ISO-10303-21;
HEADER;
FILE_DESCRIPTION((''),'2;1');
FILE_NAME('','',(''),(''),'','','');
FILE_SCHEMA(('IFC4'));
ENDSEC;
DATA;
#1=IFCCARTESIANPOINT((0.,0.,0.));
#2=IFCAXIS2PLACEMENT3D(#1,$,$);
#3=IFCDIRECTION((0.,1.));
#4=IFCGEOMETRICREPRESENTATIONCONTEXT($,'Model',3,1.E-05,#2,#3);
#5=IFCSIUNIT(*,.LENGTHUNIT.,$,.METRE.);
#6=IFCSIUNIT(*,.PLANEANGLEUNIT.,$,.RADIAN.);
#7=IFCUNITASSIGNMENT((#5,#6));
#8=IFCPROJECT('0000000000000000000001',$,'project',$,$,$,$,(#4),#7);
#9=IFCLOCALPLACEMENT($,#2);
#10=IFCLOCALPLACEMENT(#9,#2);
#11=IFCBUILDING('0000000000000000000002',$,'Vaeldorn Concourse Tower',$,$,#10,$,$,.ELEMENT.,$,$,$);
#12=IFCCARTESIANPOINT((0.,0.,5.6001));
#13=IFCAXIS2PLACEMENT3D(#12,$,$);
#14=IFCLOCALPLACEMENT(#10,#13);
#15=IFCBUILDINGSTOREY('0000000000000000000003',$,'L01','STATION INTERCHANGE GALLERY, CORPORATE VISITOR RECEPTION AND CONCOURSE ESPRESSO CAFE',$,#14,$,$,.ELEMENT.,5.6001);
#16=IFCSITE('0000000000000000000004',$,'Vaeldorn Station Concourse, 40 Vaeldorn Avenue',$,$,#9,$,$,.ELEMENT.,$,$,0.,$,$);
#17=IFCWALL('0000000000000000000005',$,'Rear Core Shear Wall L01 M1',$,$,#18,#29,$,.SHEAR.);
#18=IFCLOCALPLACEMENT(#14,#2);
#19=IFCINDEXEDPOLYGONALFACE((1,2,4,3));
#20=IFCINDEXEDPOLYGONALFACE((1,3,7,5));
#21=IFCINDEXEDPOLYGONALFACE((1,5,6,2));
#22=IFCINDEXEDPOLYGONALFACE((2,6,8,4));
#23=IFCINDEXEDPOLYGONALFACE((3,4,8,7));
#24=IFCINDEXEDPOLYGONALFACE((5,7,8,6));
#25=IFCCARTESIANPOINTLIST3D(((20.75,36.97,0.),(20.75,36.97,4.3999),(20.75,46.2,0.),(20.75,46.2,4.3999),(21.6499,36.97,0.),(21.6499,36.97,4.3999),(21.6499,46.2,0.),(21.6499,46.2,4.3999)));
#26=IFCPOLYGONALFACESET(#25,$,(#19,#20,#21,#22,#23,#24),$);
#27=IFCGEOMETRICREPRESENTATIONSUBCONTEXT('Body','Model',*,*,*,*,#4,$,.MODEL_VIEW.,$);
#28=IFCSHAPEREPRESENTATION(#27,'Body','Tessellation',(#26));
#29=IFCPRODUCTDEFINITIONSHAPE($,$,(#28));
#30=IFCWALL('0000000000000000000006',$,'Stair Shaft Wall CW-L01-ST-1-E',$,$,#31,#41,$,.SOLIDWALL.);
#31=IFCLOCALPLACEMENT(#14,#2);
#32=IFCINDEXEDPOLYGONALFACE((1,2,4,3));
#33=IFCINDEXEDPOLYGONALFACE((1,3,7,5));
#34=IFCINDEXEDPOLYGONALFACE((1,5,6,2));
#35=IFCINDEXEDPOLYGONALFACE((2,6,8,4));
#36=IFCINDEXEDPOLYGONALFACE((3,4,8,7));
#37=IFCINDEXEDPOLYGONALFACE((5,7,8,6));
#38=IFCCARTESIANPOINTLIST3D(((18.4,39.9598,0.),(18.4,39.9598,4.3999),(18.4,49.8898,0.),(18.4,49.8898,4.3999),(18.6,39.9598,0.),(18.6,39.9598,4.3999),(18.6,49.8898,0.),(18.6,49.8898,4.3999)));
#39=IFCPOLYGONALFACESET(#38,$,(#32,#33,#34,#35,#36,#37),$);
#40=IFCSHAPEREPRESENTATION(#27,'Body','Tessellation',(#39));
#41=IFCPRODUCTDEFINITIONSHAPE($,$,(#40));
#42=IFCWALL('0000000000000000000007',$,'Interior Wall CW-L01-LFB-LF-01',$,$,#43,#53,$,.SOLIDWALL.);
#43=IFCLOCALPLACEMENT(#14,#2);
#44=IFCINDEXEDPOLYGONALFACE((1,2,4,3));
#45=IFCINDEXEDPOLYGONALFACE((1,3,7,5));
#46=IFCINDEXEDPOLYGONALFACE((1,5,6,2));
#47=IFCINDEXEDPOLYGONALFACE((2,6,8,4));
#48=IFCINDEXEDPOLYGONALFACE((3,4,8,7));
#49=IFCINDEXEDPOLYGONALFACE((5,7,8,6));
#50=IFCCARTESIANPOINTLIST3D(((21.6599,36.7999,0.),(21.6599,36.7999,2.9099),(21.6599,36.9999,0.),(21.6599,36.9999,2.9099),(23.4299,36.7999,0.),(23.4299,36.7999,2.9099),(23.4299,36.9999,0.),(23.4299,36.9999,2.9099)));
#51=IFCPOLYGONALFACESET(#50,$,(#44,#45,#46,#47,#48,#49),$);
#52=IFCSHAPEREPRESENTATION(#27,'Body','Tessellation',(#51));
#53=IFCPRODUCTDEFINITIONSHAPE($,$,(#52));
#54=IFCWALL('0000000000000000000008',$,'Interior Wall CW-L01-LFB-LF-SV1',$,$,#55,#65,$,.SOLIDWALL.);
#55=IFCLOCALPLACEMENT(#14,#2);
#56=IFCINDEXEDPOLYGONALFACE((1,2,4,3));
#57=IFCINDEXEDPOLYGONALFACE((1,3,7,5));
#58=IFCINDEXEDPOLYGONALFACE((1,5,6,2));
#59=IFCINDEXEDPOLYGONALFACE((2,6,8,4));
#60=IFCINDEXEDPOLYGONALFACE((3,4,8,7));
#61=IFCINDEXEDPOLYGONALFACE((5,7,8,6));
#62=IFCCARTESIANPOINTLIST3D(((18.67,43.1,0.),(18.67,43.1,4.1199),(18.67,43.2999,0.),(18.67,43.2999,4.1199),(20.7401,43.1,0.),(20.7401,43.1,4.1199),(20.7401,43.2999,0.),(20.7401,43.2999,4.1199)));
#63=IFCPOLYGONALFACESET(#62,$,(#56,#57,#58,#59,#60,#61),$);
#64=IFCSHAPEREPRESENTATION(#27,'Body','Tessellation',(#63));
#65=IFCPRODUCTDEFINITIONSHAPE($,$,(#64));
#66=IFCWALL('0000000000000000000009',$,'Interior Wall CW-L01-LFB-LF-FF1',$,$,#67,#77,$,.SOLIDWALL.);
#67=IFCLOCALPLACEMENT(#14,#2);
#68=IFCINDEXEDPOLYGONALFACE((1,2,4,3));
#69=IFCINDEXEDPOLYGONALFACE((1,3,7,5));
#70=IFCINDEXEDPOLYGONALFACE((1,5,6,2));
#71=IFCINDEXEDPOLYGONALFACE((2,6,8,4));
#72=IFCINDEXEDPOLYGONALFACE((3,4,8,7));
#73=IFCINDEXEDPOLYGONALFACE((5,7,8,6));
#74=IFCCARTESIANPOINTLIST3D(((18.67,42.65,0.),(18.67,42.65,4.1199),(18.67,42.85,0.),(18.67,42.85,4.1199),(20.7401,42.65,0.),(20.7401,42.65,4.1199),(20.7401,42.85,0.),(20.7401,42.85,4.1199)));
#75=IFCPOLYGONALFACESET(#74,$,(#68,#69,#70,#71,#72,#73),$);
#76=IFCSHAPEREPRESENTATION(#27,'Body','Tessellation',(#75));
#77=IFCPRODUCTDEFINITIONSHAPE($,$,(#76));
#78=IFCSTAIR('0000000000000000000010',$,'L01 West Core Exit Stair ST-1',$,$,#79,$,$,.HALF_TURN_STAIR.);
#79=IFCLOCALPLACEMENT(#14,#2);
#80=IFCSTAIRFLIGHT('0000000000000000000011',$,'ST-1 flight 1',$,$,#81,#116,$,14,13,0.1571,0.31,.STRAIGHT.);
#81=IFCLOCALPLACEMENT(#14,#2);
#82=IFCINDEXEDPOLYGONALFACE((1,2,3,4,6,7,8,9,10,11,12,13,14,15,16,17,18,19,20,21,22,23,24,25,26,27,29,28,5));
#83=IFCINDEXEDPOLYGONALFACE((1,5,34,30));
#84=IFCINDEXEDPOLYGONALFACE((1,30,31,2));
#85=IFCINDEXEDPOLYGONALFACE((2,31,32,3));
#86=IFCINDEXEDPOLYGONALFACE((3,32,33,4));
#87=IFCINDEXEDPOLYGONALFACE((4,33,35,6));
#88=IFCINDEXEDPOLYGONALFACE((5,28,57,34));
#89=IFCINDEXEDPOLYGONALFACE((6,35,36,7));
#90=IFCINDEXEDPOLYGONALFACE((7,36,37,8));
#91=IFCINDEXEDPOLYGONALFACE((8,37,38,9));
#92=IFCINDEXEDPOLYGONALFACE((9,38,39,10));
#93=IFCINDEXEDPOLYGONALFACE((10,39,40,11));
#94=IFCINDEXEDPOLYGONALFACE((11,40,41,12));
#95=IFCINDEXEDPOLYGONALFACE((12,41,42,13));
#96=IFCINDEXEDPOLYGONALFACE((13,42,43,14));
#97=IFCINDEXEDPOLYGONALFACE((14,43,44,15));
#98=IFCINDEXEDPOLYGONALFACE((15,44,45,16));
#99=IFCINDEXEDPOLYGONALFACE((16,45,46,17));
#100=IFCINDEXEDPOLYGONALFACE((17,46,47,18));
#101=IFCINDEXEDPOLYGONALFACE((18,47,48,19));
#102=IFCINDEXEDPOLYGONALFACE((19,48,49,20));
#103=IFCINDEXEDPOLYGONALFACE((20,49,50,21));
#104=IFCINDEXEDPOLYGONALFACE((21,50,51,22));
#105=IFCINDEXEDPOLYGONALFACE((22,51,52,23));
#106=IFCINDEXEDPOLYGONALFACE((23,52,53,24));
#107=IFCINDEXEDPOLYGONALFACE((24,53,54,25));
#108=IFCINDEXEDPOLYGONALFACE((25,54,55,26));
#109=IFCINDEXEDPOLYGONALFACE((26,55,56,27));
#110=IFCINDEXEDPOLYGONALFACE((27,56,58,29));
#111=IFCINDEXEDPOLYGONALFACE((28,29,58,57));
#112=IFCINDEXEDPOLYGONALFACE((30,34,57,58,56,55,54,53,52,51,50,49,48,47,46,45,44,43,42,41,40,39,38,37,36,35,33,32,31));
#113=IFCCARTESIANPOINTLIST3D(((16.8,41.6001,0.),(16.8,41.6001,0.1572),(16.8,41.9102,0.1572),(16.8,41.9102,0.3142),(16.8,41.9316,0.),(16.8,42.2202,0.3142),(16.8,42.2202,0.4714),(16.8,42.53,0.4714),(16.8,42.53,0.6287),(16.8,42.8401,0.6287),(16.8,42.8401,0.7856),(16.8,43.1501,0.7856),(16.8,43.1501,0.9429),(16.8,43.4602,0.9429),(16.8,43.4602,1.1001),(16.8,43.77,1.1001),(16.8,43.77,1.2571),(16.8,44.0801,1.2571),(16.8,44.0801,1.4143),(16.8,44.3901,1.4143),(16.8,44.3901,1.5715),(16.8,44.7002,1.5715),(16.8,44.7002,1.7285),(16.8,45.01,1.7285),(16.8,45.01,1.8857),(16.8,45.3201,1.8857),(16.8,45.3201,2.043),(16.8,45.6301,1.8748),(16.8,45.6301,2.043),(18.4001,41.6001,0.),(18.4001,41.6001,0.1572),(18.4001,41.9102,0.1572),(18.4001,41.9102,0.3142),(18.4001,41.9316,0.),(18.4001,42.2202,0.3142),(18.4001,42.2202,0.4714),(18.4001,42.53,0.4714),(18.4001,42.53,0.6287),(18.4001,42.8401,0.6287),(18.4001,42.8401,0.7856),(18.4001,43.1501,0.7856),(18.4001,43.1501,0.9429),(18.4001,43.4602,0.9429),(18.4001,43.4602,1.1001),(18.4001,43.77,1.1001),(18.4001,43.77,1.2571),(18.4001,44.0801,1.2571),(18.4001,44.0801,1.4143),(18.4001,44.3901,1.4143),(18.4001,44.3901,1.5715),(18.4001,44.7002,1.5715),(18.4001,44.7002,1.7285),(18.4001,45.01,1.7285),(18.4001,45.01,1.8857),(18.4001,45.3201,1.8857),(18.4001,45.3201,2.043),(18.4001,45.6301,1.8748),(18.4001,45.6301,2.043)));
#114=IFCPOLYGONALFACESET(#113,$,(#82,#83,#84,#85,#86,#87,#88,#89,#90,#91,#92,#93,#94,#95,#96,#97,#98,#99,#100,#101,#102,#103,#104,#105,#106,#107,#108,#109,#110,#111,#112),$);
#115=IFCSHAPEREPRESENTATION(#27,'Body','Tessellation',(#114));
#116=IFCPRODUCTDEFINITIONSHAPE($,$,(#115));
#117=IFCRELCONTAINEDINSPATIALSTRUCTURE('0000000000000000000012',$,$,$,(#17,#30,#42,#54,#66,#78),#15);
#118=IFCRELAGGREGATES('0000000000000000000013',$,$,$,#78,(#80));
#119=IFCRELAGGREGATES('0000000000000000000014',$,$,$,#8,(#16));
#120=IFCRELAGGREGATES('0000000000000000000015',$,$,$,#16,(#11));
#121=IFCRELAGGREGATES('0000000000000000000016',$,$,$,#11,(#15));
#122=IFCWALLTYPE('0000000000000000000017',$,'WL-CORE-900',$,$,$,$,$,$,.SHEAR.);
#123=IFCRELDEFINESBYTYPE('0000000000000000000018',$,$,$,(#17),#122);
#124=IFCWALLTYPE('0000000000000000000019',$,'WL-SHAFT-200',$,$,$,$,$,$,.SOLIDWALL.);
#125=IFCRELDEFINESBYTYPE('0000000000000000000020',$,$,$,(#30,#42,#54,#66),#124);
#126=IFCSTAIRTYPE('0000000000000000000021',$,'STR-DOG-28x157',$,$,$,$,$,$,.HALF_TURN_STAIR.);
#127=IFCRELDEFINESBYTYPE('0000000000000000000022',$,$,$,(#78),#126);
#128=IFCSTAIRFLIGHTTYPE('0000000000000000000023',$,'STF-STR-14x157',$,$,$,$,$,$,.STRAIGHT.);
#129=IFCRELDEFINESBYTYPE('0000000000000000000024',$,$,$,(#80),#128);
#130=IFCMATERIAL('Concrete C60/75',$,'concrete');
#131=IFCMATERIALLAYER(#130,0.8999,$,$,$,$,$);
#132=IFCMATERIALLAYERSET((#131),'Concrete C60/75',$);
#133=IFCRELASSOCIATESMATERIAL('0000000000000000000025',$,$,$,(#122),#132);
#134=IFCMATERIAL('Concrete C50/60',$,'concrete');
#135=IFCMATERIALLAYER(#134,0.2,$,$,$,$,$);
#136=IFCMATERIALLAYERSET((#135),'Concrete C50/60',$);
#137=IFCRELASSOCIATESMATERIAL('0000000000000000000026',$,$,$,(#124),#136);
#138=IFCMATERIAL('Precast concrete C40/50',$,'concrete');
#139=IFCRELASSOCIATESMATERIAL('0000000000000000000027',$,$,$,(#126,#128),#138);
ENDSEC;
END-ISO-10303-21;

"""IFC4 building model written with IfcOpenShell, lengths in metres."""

from ifc_helpers import new_model, si_unit, direction, frame, frame_2d, origin, place, context, subcontext, project, spatial, polyline, rectangle, outline, extrude, material, layer, layer_set, type_object, element, aggregate, save


model = new_model("IFC4")

# Units and contexts
model_context = context("Model", 3, precision=1e-05, world=origin(), true_north=direction((0.0, 1.0)))
body_context = subcontext(model_context, "Body", "Model", "MODEL_VIEW")
ifc_project = project(units=[si_unit("LENGTHUNIT", "METRE"), si_unit("PLANEANGLEUNIT", "RADIAN")], contexts=[model_context])

# Site, building, storey
site_placement = place(None, origin())
site = spatial("IfcSite", under=ifc_project, at=site_placement, Name="Vaeldorn Station Concourse, 40 Vaeldorn Avenue", CompositionType="ELEMENT", RefElevation=0.0)
building_placement = place(site_placement, origin())
building = spatial("IfcBuilding", under=site, at=building_placement, Name="Vaeldorn Concourse Tower", CompositionType="ELEMENT")
storey_placement = place(building_placement, frame((0.0, 0.0, 5.6001)))
storey = spatial("IfcBuildingStorey", under=building, at=storey_placement, Name="L01", Description="STATION INTERCHANGE GALLERY, CORPORATE VISITOR RECEPTION AND CONCOURSE ESPRESSO CAFE", CompositionType="ELEMENT", Elevation=5.6001)

# Walls
ifc_material_1 = material(Name="Concrete C60/75", Category="concrete")
ifc_layer_1 = layer(ifc_material_1, 0.8999)
ifc_layer_set_1 = layer_set([ifc_layer_1], Name="Concrete C60/75")
wall_type_1 = type_object("IfcWallType", Name="WL-CORE-900", PredefinedType="SHEAR", material=ifc_layer_set_1)
wall_1_placement = place(storey_placement, frame((21.2, 36.97, 0.0), z_axis=(0.0, 0.0, 1.0), x_axis=(0.0, 1.0, 0.0)))
element("IfcWall", 1, at=wall_1_placement, inside=storey, type_object=wall_type_1, Name="Rear Core Shear Wall L01 M1", PredefinedType="SHEAR", context=body_context, shape_type="SweptSolid", body=[
    extrude(rectangle(XDim=9.23, YDim=0.8999, at=frame_2d((4.615, 0.0))), origin(), (0.0, 0.0, 1.0), 4.3999),
])
ifc_material_2 = material(Name="Concrete C50/60", Category="concrete")
ifc_layer_2 = layer(ifc_material_2, 0.2)
ifc_layer_set_2 = layer_set([ifc_layer_2], Name="Concrete C50/60")
wall_type_2 = type_object("IfcWallType", Name="WL-SHAFT-200", PredefinedType="SOLIDWALL", material=ifc_layer_set_2)
wall_2_placement = place(storey_placement, frame((18.5, 39.96, 0.0), z_axis=(0.0, 0.0, 1.0), x_axis=(0.0, 1.0, 0.0)))
element("IfcWall", 2, at=wall_2_placement, inside=storey, type_object=wall_type_2, Name="Stair Shaft Wall CW-L01-ST-1-E", PredefinedType="SOLIDWALL", context=body_context, shape_type="SweptSolid", body=[
    extrude(rectangle(XDim=9.9299, YDim=0.2, at=frame_2d((4.9648, 0.0))), origin(), (0.0, 0.0, 1.0), 4.3999),
])

# Wall
wall_3_placement = place(storey_placement, frame((21.6599, 36.8999, 0.0), z_axis=(0.0, 0.0, 1.0), x_axis=(1.0, 0.0, 0.0)))
element("IfcWall", 3, at=wall_3_placement, inside=storey, type_object=wall_type_2, Name="Interior Wall CW-L01-LFB-LF-01", PredefinedType="SOLIDWALL", context=body_context, shape_type="SweptSolid", body=[
    extrude(rectangle(XDim=1.77, YDim=0.2, at=frame_2d((0.885, 0.0))), origin(), (0.0, 0.0, 1.0), 2.9099),
])

# Wall
wall_4_placement = place(storey_placement, frame((18.6699, 43.2, 0.0), z_axis=(0.0, 0.0, 1.0), x_axis=(1.0, 0.0, 0.0)))
element("IfcWall", 4, at=wall_4_placement, inside=storey, type_object=wall_type_2, Name="Interior Wall CW-L01-LFB-LF-SV1", PredefinedType="SOLIDWALL", context=body_context, shape_type="SweptSolid", body=[
    extrude(rectangle(XDim=2.0701, YDim=0.2, at=frame_2d((1.0352, 0.0))), origin(), (0.0, 0.0, 1.0), 4.1199),
])

# Wall
wall_5_placement = place(storey_placement, frame((18.6699, 42.75, 0.0), z_axis=(0.0, 0.0, 1.0), x_axis=(1.0, 0.0, 0.0)))
element("IfcWall", 5, at=wall_5_placement, inside=storey, type_object=wall_type_2, Name="Interior Wall CW-L01-LFB-LF-FF1", PredefinedType="SOLIDWALL", context=body_context, shape_type="SweptSolid", body=[
    extrude(rectangle(XDim=2.0701, YDim=0.2, at=frame_2d((1.0352, 0.0))), origin(), (0.0, 0.0, 1.0), 4.1199),
])

# Stair, stair flight
ifc_material_3 = material(Name="Precast concrete C40/50", Category="concrete")
stair_type = type_object("IfcStairType", Name="STR-DOG-28x157", PredefinedType="HALF_TURN_STAIR", material=ifc_material_3)
stair_placement = place(storey_placement, origin())
stair = element("IfcStair", 6, at=stair_placement, inside=storey, type_object=stair_type, Name="L01 West Core Exit Stair ST-1", PredefinedType="HALF_TURN_STAIR")
stair_flight_type = type_object("IfcStairFlightType", Name="STF-STR-14x157", PredefinedType="STRAIGHT", material=ifc_material_3)
stair_flight_placement = place(storey_placement, frame((17.6001, 41.6001, 0.0), z_axis=(0.0, 0.0, 1.0), x_axis=(0.0, 1.0, 0.0)))
stair_flight = element("IfcStairFlight", 7, at=stair_flight_placement, type_object=stair_flight_type, Name="ST-1 flight 1", NumberOfRisers=14, NumberOfTreads=13, PredefinedType="STRAIGHT", RiserHeight=0.1571, TreadLength=0.31, context=body_context, shape_type="SweptSolid", body=[
    extrude(outline(polyline([(0.0, 0.0), (0.0, 0.1572), (0.3101, 0.1572), (0.3101, 0.3142), (0.6201, 0.3142), (0.6201, 0.4714), (0.9299, 0.4714), (0.9299, 0.6287), (1.24, 0.6287), (1.24, 0.7856), (1.55, 0.7856), (1.55, 0.9429), (1.8601, 0.9429), (1.8601, 1.1001), (2.1699, 1.1001), (2.1699, 1.2571), (2.48, 1.2571), (2.48, 1.4143), (2.79, 1.4143), (2.79, 1.5715), (3.1001, 1.5715), (3.1001, 1.7285), (3.4099, 1.7285), (3.4099, 1.8857), (3.72, 1.8857), (3.72, 2.043), (4.03, 2.043), (4.03, 2.2), (4.03, 1.8748), (0.3315, 0.0), (0.0, 0.0)])), frame((0.0, 0.8, 0.0), z_axis=(0.0, -1.0, 0.0), x_axis=(1.0, 0.0, 0.0)), (0.0, 0.0, 1.0), 1.6001),
])
aggregate(stair, [stair_flight])

save(model, "model.ifc")
